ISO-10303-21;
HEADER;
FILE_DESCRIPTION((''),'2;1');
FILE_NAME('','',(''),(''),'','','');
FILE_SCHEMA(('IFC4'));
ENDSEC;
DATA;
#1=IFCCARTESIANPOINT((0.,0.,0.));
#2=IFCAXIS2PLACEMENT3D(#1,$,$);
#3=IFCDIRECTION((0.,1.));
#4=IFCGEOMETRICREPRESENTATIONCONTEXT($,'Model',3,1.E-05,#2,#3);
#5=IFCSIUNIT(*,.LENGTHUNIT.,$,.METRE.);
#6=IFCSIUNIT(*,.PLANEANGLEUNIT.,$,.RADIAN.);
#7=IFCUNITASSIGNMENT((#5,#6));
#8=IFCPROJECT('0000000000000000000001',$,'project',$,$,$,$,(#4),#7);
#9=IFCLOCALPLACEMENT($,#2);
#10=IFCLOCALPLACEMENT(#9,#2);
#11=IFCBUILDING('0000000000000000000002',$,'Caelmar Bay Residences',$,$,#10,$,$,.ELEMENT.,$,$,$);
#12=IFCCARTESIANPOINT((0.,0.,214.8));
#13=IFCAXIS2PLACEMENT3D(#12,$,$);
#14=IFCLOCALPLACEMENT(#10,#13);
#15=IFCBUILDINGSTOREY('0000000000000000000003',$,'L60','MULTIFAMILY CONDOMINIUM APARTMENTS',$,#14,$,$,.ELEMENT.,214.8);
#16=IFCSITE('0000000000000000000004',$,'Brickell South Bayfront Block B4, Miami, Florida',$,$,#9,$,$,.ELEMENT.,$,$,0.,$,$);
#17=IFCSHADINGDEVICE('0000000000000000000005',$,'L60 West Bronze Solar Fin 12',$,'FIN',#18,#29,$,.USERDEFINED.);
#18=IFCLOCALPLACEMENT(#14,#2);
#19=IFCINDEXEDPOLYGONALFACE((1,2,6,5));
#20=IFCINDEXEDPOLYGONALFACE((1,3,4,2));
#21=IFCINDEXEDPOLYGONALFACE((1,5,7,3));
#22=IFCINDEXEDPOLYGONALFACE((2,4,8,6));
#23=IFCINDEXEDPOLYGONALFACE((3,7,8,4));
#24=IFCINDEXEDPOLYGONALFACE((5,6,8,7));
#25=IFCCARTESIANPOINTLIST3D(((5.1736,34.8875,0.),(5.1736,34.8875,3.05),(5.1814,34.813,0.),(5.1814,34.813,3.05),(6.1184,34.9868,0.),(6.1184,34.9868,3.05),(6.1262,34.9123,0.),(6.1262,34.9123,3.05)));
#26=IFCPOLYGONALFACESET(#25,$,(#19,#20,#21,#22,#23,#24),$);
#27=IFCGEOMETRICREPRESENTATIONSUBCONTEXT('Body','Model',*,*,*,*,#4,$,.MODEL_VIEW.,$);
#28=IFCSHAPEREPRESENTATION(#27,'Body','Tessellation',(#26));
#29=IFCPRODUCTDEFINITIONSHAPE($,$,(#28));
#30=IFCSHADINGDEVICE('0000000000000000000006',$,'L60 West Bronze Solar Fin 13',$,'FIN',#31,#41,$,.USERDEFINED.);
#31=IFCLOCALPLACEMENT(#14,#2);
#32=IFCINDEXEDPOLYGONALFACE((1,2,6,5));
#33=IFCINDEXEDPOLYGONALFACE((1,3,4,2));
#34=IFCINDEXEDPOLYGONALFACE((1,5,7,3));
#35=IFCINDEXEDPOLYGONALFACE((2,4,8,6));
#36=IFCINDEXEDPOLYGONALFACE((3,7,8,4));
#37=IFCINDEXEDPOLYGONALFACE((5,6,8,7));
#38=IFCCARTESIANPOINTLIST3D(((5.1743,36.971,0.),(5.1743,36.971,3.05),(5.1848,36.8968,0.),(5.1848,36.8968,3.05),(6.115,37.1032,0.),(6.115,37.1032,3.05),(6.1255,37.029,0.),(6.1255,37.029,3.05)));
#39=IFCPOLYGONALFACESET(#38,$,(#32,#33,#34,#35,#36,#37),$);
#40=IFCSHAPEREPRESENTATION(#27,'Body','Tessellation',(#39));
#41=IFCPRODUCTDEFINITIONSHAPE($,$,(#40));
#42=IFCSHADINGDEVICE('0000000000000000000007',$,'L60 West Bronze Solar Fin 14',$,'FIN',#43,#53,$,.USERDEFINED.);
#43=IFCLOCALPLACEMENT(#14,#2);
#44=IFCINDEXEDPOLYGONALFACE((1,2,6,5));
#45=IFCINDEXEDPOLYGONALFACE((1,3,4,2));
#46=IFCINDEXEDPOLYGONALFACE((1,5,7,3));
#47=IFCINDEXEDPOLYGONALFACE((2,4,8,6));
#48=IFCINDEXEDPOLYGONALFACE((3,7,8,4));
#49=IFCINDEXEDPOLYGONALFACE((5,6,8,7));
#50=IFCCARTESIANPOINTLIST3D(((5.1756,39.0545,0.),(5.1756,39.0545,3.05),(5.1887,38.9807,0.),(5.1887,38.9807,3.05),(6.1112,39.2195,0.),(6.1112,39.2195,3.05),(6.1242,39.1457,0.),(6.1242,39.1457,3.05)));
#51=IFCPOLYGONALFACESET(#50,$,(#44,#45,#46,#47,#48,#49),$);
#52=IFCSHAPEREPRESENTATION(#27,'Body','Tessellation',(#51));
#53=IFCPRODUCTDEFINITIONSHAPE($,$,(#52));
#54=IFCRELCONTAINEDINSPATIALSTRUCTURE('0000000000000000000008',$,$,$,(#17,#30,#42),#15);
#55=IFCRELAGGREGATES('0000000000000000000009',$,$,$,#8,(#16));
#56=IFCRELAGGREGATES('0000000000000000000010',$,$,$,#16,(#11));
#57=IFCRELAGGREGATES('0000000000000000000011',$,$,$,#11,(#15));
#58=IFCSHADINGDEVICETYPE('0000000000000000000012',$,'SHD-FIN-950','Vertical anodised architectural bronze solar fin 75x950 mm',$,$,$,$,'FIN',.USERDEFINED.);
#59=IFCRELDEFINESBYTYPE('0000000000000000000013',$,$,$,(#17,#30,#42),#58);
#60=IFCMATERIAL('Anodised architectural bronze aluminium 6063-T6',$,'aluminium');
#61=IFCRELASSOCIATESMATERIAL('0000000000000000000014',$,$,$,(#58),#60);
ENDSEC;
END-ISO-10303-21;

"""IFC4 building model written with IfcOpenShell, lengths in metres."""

from ifc_helpers import new_model, si_unit, direction, frame, origin, origin_2d, place, context, subcontext, project, spatial, rectangle, extrude, material, material_profile, profile_set, type_object, element, save


model = new_model("IFC4")

# Units and contexts
model_context = context("Model", 3, precision=1e-05, world=origin(), true_north=direction((0.0, 1.0)))
body_context = subcontext(model_context, "Body", "Model", "MODEL_VIEW")
ifc_project = project(units=[si_unit("LENGTHUNIT", "METRE"), si_unit("PLANEANGLEUNIT", "RADIAN")], contexts=[model_context])

# Site, building, storey
site_placement = place(None, origin())
site = spatial("IfcSite", under=ifc_project, at=site_placement, Name="Brickell South Bayfront Block B4, Miami, Florida", CompositionType="ELEMENT", RefElevation=0.0)
building_placement = place(site_placement, origin())
building = spatial("IfcBuilding", under=site, at=building_placement, Name="Caelmar Bay Residences", CompositionType="ELEMENT")
storey_placement = place(building_placement, frame((0.0, 0.0, 214.8)))
storey = spatial("IfcBuildingStorey", under=building, at=storey_placement, Name="L60", Description="MULTIFAMILY CONDOMINIUM APARTMENTS", CompositionType="ELEMENT", Elevation=214.8)

# Shading devices
ifc_material_1 = material(Name="Anodised architectural bronze aluminium 6063-T6", Category="aluminium")
ifc_material_profile_1 = material_profile(ifc_material_1, rectangle(XDim=0.075, YDim=0.95, at=origin_2d()), Name="BRONZE-FIN-75X950")
ifc_profile_set_1 = profile_set([ifc_material_profile_1], Name="Anodised architectural bronze aluminium 6063-T6")
shading_device_type = type_object("IfcShadingDeviceType", Name="SHD-FIN-950", Description="Vertical anodised architectural bronze solar fin 75x950 mm", ElementType="FIN", PredefinedType="USERDEFINED", material=ifc_profile_set_1)
for number, where, z_axis, x_axis, name in (
    (1, (5.6499, 34.8999, 0.0), (0.0, 0.0, 1.0), (-0.104528, 0.994522, 0.0), "L60 West Bronze Solar Fin 12"),
    (2, (5.6499, 37.0, 0.0), (0.0, 0.0, 1.0), (-0.139173, 0.990268, 0.0), "L60 West Bronze Solar Fin 13"),
    (3, (5.6499, 39.1001, 0.0), (0.0, 0.0, 1.0), (-0.173648, 0.984808, 0.0), "L60 West Bronze Solar Fin 14"),
):
    element("IfcShadingDevice", number, at=place(storey_placement, frame(where, z_axis=z_axis, x_axis=x_axis)), inside=storey, type_object=shading_device_type, Name=name, ObjectType="FIN", PredefinedType="USERDEFINED", context=body_context, shape_type="SweptSolid", body=[
        extrude(rectangle(XDim=0.075, YDim=0.95, at=origin_2d()), origin(), (0.0, 0.0, 1.0), 3.05),
    ])

save(model, "model.ifc")
